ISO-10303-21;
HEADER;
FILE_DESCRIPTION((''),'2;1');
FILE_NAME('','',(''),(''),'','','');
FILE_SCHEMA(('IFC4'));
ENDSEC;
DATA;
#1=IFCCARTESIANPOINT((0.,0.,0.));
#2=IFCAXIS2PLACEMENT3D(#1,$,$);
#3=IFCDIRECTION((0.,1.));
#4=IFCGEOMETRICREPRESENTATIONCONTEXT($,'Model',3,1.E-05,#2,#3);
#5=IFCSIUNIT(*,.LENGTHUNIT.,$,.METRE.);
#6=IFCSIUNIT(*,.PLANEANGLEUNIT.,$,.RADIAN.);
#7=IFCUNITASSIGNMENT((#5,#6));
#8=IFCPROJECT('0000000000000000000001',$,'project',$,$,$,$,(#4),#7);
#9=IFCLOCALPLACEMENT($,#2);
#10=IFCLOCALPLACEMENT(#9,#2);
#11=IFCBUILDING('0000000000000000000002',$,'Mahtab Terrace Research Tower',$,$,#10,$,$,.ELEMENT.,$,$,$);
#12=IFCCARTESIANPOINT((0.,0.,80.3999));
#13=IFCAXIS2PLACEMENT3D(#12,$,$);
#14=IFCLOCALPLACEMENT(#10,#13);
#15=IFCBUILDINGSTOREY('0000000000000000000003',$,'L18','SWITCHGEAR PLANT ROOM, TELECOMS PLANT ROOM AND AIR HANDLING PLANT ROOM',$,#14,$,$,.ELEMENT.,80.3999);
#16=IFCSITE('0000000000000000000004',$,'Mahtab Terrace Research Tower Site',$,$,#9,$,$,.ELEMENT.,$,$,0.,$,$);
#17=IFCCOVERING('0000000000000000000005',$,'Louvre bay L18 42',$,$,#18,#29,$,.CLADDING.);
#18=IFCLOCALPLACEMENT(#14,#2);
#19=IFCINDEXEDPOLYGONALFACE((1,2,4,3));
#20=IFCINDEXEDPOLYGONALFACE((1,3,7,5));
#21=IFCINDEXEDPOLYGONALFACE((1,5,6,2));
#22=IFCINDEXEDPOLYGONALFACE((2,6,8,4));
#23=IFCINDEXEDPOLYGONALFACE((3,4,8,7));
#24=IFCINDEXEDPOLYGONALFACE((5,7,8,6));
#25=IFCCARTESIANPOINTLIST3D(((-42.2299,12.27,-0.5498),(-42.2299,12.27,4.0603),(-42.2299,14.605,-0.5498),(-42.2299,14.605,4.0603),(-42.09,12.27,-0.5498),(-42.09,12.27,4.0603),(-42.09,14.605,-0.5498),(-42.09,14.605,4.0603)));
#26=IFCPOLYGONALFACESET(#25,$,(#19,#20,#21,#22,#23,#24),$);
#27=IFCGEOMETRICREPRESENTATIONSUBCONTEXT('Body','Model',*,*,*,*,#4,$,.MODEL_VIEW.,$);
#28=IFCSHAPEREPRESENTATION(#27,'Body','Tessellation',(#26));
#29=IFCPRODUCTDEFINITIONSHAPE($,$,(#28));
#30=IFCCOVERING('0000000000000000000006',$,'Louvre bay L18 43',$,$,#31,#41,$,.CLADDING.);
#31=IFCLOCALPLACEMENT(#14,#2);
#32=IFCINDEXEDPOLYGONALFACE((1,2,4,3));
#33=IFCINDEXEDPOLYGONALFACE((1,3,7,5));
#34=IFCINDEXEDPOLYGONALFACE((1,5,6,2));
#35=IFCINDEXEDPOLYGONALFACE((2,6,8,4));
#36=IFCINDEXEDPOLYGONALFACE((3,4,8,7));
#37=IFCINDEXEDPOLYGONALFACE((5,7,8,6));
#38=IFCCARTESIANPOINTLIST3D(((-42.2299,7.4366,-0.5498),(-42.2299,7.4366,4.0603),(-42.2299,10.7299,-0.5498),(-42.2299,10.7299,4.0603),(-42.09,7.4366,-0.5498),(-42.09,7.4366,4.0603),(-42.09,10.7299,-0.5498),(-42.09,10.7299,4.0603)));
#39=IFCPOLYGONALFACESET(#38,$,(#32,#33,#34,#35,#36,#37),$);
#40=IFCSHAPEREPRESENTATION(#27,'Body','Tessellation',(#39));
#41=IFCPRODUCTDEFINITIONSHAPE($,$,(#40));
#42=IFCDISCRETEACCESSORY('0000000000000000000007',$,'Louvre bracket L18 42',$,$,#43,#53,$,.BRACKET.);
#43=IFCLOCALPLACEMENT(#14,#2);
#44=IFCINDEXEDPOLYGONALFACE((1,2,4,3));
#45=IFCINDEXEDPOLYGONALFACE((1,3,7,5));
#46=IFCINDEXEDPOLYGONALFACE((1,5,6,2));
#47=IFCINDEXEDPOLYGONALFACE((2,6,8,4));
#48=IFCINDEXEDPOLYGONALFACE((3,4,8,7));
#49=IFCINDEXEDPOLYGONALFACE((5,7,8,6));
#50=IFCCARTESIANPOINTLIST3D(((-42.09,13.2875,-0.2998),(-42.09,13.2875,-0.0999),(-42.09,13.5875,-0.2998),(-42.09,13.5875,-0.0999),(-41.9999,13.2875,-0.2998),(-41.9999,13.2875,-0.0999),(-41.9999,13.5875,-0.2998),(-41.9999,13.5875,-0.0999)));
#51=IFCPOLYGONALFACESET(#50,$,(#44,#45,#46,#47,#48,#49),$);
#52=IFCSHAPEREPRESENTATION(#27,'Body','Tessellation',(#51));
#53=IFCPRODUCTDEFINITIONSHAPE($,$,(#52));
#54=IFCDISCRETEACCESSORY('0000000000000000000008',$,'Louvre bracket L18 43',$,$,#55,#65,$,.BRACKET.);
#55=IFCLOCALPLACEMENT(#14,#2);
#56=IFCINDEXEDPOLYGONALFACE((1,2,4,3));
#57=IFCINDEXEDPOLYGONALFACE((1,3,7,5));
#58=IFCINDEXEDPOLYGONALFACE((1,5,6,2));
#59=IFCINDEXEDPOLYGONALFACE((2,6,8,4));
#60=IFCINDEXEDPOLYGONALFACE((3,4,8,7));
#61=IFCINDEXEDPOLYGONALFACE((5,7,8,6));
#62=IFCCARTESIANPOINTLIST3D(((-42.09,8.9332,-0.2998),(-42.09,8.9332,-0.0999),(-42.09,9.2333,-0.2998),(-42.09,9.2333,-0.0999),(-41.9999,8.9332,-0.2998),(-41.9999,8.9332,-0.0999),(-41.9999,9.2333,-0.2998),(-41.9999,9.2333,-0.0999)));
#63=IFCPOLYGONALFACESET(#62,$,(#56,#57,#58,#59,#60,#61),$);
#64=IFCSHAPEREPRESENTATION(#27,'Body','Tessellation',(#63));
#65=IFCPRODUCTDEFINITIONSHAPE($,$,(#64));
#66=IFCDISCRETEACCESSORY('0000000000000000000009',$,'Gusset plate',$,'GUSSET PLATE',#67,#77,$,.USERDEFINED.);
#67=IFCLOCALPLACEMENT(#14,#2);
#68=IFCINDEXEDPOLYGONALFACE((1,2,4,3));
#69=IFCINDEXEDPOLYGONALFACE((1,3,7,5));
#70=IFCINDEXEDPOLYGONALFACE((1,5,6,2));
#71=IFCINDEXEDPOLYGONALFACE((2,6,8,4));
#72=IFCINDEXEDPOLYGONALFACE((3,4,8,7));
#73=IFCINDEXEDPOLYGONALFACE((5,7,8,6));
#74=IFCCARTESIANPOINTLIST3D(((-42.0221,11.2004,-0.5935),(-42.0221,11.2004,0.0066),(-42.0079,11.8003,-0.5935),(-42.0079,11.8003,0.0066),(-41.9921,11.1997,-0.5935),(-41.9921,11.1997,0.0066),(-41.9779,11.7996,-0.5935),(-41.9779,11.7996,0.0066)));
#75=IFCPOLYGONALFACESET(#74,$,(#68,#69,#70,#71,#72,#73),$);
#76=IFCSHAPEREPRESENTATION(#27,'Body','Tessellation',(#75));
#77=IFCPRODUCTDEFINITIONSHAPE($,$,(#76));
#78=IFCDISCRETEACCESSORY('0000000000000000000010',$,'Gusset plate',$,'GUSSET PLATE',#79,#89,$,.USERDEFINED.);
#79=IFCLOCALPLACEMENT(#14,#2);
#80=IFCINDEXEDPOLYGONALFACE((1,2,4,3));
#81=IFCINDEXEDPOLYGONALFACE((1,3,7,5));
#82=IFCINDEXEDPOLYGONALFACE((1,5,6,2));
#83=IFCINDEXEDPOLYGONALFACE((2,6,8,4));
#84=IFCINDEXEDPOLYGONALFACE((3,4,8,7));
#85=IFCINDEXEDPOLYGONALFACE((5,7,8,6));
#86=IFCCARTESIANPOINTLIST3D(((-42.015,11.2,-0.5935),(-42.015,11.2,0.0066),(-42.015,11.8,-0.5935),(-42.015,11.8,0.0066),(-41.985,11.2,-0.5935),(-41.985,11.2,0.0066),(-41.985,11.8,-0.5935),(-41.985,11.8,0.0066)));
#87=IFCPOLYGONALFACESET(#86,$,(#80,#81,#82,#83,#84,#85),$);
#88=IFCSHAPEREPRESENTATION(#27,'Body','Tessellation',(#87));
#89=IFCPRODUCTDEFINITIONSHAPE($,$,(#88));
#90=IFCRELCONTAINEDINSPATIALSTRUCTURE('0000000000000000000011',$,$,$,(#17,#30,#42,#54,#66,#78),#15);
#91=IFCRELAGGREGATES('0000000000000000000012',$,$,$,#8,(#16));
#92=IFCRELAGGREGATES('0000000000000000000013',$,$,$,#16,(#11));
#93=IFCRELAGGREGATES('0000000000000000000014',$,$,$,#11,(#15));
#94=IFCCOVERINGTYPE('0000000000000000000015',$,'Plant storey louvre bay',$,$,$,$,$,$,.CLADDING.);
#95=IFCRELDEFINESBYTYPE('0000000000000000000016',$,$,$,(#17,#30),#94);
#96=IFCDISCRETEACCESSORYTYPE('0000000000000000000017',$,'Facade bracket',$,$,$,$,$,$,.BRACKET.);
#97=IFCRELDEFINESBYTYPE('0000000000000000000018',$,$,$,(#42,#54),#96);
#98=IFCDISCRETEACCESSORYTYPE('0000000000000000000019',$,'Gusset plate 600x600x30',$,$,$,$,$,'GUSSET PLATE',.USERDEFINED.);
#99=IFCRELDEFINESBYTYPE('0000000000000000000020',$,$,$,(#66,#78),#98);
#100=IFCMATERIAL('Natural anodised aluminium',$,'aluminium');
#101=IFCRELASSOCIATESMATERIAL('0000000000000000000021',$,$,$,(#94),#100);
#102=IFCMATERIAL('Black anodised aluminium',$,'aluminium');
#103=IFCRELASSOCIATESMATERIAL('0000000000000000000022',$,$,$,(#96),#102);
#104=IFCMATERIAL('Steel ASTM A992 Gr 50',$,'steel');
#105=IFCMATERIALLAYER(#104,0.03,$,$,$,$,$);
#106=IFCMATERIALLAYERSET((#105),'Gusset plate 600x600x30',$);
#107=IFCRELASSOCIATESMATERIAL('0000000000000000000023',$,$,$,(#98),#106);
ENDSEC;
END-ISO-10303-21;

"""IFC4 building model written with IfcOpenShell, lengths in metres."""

from ifc_helpers import new_model, si_unit, direction, frame, origin, origin_2d, place, context, subcontext, project, spatial, rectangle, extrude, material, layer, layer_set, type_object, element, save


model = new_model("IFC4")

# Units and contexts
model_context = context("Model", 3, precision=1e-05, world=origin(), true_north=direction((0.0, 1.0)))
body_context = subcontext(model_context, "Body", "Model", "MODEL_VIEW")
ifc_project = project(units=[si_unit("LENGTHUNIT", "METRE"), si_unit("PLANEANGLEUNIT", "RADIAN")], contexts=[model_context])

# Site, building, storey
site_placement = place(None, origin())
site = spatial("IfcSite", under=ifc_project, at=site_placement, Name="Mahtab Terrace Research Tower Site", CompositionType="ELEMENT", RefElevation=0.0)
building_placement = place(site_placement, origin())
building = spatial("IfcBuilding", under=site, at=building_placement, Name="Mahtab Terrace Research Tower", CompositionType="ELEMENT")
storey_placement = place(building_placement, frame((0.0, 0.0, 80.3999)))
storey = spatial("IfcBuildingStorey", under=building, at=storey_placement, Name="L18", Description="SWITCHGEAR PLANT ROOM, TELECOMS PLANT ROOM AND AIR HANDLING PLANT ROOM", CompositionType="ELEMENT", Elevation=80.3999)

# Shared definitions
ifc_material_1 = material(Name="Steel ASTM A992 Gr 50", Category="steel")

# Coverings
ifc_material_2 = material(Name="Natural anodised aluminium", Category="aluminium")
covering_type = type_object("IfcCoveringType", Name="Plant storey louvre bay", PredefinedType="CLADDING", material=ifc_material_2)
covering_1_placement = place(storey_placement, frame((-42.1599, 13.4375, -0.5498), z_axis=(0.0, 0.0, 1.0), x_axis=(0.0, -1.0, 0.0)))
element("IfcCovering", 1, at=covering_1_placement, inside=storey, type_object=covering_type, Name="Louvre bay L18 42", PredefinedType="CLADDING", context=body_context, shape_type="SweptSolid", body=[
    extrude(rectangle(XDim=2.335, YDim=0.1399, at=origin_2d()), origin(), (0.0, 0.0, 1.0), 4.6101),
])
covering_2_placement = place(storey_placement, frame((-42.1599, 9.0833, -0.5498), z_axis=(0.0, 0.0, 1.0), x_axis=(0.0, -1.0, 0.0)))
element("IfcCovering", 2, at=covering_2_placement, inside=storey, type_object=covering_type, Name="Louvre bay L18 43", PredefinedType="CLADDING", context=body_context, shape_type="SweptSolid", body=[
    extrude(rectangle(XDim=3.2932, YDim=0.1399, at=origin_2d()), origin(), (0.0, 0.0, 1.0), 4.6101),
])

# Discrete accessories
ifc_material_3 = material(Name="Black anodised aluminium", Category="aluminium")
discrete_accessory_type_1 = type_object("IfcDiscreteAccessoryType", Name="Facade bracket", PredefinedType="BRACKET", material=ifc_material_3)
for number, where, z_axis, x_axis, name in (
    (3, (-42.0449, 13.4375, -0.2998), (0.0, 0.0, 1.0), (0.0, -1.0, 0.0), "Louvre bracket L18 42"),
    (4, (-42.0449, 9.0833, -0.2998), (0.0, 0.0, 1.0), (0.0, -1.0, 0.0), "Louvre bracket L18 43"),
):
    element("IfcDiscreteAccessory", number, at=place(storey_placement, frame(where, z_axis=z_axis, x_axis=x_axis)), inside=storey, type_object=discrete_accessory_type_1, Name=name, PredefinedType="BRACKET", context=body_context, shape_type="SweptSolid", body=[
        extrude(rectangle(XDim=0.3, YDim=0.0901, at=origin_2d()), origin(), (0.0, 0.0, 1.0), 0.2),
    ])
ifc_layer_1 = layer(ifc_material_1, 0.03)
ifc_layer_set_1 = layer_set([ifc_layer_1], Name="Gusset plate 600x600x30")
discrete_accessory_type_2 = type_object("IfcDiscreteAccessoryType", Name="Gusset plate 600x600x30", ElementType="GUSSET PLATE", PredefinedType="USERDEFINED", material=ifc_layer_set_1)
for number, where, z_axis, x_axis, name in (
    (5, (-42.0, 11.5, -0.5935), (0.0, 0.0, 1.0), (0.023682, 0.99972, 0.0), "Gusset plate"),
    (6, (-42.0, 11.5, -0.5935), (0.0, 0.0, 1.0), (0.0, 1.0, 0.0), "Gusset plate"),
):
    element("IfcDiscreteAccessory", number, at=place(storey_placement, frame(where, z_axis=z_axis, x_axis=x_axis)), inside=storey, type_object=discrete_accessory_type_2, Name=name, ObjectType="GUSSET PLATE", PredefinedType="USERDEFINED", context=body_context, shape_type="SweptSolid", body=[
        extrude(rectangle(XDim=0.6001, YDim=0.03, at=origin_2d()), origin(), (0.0, 0.0, 1.0), 0.6001),
    ])

save(model, "model.ifc")
